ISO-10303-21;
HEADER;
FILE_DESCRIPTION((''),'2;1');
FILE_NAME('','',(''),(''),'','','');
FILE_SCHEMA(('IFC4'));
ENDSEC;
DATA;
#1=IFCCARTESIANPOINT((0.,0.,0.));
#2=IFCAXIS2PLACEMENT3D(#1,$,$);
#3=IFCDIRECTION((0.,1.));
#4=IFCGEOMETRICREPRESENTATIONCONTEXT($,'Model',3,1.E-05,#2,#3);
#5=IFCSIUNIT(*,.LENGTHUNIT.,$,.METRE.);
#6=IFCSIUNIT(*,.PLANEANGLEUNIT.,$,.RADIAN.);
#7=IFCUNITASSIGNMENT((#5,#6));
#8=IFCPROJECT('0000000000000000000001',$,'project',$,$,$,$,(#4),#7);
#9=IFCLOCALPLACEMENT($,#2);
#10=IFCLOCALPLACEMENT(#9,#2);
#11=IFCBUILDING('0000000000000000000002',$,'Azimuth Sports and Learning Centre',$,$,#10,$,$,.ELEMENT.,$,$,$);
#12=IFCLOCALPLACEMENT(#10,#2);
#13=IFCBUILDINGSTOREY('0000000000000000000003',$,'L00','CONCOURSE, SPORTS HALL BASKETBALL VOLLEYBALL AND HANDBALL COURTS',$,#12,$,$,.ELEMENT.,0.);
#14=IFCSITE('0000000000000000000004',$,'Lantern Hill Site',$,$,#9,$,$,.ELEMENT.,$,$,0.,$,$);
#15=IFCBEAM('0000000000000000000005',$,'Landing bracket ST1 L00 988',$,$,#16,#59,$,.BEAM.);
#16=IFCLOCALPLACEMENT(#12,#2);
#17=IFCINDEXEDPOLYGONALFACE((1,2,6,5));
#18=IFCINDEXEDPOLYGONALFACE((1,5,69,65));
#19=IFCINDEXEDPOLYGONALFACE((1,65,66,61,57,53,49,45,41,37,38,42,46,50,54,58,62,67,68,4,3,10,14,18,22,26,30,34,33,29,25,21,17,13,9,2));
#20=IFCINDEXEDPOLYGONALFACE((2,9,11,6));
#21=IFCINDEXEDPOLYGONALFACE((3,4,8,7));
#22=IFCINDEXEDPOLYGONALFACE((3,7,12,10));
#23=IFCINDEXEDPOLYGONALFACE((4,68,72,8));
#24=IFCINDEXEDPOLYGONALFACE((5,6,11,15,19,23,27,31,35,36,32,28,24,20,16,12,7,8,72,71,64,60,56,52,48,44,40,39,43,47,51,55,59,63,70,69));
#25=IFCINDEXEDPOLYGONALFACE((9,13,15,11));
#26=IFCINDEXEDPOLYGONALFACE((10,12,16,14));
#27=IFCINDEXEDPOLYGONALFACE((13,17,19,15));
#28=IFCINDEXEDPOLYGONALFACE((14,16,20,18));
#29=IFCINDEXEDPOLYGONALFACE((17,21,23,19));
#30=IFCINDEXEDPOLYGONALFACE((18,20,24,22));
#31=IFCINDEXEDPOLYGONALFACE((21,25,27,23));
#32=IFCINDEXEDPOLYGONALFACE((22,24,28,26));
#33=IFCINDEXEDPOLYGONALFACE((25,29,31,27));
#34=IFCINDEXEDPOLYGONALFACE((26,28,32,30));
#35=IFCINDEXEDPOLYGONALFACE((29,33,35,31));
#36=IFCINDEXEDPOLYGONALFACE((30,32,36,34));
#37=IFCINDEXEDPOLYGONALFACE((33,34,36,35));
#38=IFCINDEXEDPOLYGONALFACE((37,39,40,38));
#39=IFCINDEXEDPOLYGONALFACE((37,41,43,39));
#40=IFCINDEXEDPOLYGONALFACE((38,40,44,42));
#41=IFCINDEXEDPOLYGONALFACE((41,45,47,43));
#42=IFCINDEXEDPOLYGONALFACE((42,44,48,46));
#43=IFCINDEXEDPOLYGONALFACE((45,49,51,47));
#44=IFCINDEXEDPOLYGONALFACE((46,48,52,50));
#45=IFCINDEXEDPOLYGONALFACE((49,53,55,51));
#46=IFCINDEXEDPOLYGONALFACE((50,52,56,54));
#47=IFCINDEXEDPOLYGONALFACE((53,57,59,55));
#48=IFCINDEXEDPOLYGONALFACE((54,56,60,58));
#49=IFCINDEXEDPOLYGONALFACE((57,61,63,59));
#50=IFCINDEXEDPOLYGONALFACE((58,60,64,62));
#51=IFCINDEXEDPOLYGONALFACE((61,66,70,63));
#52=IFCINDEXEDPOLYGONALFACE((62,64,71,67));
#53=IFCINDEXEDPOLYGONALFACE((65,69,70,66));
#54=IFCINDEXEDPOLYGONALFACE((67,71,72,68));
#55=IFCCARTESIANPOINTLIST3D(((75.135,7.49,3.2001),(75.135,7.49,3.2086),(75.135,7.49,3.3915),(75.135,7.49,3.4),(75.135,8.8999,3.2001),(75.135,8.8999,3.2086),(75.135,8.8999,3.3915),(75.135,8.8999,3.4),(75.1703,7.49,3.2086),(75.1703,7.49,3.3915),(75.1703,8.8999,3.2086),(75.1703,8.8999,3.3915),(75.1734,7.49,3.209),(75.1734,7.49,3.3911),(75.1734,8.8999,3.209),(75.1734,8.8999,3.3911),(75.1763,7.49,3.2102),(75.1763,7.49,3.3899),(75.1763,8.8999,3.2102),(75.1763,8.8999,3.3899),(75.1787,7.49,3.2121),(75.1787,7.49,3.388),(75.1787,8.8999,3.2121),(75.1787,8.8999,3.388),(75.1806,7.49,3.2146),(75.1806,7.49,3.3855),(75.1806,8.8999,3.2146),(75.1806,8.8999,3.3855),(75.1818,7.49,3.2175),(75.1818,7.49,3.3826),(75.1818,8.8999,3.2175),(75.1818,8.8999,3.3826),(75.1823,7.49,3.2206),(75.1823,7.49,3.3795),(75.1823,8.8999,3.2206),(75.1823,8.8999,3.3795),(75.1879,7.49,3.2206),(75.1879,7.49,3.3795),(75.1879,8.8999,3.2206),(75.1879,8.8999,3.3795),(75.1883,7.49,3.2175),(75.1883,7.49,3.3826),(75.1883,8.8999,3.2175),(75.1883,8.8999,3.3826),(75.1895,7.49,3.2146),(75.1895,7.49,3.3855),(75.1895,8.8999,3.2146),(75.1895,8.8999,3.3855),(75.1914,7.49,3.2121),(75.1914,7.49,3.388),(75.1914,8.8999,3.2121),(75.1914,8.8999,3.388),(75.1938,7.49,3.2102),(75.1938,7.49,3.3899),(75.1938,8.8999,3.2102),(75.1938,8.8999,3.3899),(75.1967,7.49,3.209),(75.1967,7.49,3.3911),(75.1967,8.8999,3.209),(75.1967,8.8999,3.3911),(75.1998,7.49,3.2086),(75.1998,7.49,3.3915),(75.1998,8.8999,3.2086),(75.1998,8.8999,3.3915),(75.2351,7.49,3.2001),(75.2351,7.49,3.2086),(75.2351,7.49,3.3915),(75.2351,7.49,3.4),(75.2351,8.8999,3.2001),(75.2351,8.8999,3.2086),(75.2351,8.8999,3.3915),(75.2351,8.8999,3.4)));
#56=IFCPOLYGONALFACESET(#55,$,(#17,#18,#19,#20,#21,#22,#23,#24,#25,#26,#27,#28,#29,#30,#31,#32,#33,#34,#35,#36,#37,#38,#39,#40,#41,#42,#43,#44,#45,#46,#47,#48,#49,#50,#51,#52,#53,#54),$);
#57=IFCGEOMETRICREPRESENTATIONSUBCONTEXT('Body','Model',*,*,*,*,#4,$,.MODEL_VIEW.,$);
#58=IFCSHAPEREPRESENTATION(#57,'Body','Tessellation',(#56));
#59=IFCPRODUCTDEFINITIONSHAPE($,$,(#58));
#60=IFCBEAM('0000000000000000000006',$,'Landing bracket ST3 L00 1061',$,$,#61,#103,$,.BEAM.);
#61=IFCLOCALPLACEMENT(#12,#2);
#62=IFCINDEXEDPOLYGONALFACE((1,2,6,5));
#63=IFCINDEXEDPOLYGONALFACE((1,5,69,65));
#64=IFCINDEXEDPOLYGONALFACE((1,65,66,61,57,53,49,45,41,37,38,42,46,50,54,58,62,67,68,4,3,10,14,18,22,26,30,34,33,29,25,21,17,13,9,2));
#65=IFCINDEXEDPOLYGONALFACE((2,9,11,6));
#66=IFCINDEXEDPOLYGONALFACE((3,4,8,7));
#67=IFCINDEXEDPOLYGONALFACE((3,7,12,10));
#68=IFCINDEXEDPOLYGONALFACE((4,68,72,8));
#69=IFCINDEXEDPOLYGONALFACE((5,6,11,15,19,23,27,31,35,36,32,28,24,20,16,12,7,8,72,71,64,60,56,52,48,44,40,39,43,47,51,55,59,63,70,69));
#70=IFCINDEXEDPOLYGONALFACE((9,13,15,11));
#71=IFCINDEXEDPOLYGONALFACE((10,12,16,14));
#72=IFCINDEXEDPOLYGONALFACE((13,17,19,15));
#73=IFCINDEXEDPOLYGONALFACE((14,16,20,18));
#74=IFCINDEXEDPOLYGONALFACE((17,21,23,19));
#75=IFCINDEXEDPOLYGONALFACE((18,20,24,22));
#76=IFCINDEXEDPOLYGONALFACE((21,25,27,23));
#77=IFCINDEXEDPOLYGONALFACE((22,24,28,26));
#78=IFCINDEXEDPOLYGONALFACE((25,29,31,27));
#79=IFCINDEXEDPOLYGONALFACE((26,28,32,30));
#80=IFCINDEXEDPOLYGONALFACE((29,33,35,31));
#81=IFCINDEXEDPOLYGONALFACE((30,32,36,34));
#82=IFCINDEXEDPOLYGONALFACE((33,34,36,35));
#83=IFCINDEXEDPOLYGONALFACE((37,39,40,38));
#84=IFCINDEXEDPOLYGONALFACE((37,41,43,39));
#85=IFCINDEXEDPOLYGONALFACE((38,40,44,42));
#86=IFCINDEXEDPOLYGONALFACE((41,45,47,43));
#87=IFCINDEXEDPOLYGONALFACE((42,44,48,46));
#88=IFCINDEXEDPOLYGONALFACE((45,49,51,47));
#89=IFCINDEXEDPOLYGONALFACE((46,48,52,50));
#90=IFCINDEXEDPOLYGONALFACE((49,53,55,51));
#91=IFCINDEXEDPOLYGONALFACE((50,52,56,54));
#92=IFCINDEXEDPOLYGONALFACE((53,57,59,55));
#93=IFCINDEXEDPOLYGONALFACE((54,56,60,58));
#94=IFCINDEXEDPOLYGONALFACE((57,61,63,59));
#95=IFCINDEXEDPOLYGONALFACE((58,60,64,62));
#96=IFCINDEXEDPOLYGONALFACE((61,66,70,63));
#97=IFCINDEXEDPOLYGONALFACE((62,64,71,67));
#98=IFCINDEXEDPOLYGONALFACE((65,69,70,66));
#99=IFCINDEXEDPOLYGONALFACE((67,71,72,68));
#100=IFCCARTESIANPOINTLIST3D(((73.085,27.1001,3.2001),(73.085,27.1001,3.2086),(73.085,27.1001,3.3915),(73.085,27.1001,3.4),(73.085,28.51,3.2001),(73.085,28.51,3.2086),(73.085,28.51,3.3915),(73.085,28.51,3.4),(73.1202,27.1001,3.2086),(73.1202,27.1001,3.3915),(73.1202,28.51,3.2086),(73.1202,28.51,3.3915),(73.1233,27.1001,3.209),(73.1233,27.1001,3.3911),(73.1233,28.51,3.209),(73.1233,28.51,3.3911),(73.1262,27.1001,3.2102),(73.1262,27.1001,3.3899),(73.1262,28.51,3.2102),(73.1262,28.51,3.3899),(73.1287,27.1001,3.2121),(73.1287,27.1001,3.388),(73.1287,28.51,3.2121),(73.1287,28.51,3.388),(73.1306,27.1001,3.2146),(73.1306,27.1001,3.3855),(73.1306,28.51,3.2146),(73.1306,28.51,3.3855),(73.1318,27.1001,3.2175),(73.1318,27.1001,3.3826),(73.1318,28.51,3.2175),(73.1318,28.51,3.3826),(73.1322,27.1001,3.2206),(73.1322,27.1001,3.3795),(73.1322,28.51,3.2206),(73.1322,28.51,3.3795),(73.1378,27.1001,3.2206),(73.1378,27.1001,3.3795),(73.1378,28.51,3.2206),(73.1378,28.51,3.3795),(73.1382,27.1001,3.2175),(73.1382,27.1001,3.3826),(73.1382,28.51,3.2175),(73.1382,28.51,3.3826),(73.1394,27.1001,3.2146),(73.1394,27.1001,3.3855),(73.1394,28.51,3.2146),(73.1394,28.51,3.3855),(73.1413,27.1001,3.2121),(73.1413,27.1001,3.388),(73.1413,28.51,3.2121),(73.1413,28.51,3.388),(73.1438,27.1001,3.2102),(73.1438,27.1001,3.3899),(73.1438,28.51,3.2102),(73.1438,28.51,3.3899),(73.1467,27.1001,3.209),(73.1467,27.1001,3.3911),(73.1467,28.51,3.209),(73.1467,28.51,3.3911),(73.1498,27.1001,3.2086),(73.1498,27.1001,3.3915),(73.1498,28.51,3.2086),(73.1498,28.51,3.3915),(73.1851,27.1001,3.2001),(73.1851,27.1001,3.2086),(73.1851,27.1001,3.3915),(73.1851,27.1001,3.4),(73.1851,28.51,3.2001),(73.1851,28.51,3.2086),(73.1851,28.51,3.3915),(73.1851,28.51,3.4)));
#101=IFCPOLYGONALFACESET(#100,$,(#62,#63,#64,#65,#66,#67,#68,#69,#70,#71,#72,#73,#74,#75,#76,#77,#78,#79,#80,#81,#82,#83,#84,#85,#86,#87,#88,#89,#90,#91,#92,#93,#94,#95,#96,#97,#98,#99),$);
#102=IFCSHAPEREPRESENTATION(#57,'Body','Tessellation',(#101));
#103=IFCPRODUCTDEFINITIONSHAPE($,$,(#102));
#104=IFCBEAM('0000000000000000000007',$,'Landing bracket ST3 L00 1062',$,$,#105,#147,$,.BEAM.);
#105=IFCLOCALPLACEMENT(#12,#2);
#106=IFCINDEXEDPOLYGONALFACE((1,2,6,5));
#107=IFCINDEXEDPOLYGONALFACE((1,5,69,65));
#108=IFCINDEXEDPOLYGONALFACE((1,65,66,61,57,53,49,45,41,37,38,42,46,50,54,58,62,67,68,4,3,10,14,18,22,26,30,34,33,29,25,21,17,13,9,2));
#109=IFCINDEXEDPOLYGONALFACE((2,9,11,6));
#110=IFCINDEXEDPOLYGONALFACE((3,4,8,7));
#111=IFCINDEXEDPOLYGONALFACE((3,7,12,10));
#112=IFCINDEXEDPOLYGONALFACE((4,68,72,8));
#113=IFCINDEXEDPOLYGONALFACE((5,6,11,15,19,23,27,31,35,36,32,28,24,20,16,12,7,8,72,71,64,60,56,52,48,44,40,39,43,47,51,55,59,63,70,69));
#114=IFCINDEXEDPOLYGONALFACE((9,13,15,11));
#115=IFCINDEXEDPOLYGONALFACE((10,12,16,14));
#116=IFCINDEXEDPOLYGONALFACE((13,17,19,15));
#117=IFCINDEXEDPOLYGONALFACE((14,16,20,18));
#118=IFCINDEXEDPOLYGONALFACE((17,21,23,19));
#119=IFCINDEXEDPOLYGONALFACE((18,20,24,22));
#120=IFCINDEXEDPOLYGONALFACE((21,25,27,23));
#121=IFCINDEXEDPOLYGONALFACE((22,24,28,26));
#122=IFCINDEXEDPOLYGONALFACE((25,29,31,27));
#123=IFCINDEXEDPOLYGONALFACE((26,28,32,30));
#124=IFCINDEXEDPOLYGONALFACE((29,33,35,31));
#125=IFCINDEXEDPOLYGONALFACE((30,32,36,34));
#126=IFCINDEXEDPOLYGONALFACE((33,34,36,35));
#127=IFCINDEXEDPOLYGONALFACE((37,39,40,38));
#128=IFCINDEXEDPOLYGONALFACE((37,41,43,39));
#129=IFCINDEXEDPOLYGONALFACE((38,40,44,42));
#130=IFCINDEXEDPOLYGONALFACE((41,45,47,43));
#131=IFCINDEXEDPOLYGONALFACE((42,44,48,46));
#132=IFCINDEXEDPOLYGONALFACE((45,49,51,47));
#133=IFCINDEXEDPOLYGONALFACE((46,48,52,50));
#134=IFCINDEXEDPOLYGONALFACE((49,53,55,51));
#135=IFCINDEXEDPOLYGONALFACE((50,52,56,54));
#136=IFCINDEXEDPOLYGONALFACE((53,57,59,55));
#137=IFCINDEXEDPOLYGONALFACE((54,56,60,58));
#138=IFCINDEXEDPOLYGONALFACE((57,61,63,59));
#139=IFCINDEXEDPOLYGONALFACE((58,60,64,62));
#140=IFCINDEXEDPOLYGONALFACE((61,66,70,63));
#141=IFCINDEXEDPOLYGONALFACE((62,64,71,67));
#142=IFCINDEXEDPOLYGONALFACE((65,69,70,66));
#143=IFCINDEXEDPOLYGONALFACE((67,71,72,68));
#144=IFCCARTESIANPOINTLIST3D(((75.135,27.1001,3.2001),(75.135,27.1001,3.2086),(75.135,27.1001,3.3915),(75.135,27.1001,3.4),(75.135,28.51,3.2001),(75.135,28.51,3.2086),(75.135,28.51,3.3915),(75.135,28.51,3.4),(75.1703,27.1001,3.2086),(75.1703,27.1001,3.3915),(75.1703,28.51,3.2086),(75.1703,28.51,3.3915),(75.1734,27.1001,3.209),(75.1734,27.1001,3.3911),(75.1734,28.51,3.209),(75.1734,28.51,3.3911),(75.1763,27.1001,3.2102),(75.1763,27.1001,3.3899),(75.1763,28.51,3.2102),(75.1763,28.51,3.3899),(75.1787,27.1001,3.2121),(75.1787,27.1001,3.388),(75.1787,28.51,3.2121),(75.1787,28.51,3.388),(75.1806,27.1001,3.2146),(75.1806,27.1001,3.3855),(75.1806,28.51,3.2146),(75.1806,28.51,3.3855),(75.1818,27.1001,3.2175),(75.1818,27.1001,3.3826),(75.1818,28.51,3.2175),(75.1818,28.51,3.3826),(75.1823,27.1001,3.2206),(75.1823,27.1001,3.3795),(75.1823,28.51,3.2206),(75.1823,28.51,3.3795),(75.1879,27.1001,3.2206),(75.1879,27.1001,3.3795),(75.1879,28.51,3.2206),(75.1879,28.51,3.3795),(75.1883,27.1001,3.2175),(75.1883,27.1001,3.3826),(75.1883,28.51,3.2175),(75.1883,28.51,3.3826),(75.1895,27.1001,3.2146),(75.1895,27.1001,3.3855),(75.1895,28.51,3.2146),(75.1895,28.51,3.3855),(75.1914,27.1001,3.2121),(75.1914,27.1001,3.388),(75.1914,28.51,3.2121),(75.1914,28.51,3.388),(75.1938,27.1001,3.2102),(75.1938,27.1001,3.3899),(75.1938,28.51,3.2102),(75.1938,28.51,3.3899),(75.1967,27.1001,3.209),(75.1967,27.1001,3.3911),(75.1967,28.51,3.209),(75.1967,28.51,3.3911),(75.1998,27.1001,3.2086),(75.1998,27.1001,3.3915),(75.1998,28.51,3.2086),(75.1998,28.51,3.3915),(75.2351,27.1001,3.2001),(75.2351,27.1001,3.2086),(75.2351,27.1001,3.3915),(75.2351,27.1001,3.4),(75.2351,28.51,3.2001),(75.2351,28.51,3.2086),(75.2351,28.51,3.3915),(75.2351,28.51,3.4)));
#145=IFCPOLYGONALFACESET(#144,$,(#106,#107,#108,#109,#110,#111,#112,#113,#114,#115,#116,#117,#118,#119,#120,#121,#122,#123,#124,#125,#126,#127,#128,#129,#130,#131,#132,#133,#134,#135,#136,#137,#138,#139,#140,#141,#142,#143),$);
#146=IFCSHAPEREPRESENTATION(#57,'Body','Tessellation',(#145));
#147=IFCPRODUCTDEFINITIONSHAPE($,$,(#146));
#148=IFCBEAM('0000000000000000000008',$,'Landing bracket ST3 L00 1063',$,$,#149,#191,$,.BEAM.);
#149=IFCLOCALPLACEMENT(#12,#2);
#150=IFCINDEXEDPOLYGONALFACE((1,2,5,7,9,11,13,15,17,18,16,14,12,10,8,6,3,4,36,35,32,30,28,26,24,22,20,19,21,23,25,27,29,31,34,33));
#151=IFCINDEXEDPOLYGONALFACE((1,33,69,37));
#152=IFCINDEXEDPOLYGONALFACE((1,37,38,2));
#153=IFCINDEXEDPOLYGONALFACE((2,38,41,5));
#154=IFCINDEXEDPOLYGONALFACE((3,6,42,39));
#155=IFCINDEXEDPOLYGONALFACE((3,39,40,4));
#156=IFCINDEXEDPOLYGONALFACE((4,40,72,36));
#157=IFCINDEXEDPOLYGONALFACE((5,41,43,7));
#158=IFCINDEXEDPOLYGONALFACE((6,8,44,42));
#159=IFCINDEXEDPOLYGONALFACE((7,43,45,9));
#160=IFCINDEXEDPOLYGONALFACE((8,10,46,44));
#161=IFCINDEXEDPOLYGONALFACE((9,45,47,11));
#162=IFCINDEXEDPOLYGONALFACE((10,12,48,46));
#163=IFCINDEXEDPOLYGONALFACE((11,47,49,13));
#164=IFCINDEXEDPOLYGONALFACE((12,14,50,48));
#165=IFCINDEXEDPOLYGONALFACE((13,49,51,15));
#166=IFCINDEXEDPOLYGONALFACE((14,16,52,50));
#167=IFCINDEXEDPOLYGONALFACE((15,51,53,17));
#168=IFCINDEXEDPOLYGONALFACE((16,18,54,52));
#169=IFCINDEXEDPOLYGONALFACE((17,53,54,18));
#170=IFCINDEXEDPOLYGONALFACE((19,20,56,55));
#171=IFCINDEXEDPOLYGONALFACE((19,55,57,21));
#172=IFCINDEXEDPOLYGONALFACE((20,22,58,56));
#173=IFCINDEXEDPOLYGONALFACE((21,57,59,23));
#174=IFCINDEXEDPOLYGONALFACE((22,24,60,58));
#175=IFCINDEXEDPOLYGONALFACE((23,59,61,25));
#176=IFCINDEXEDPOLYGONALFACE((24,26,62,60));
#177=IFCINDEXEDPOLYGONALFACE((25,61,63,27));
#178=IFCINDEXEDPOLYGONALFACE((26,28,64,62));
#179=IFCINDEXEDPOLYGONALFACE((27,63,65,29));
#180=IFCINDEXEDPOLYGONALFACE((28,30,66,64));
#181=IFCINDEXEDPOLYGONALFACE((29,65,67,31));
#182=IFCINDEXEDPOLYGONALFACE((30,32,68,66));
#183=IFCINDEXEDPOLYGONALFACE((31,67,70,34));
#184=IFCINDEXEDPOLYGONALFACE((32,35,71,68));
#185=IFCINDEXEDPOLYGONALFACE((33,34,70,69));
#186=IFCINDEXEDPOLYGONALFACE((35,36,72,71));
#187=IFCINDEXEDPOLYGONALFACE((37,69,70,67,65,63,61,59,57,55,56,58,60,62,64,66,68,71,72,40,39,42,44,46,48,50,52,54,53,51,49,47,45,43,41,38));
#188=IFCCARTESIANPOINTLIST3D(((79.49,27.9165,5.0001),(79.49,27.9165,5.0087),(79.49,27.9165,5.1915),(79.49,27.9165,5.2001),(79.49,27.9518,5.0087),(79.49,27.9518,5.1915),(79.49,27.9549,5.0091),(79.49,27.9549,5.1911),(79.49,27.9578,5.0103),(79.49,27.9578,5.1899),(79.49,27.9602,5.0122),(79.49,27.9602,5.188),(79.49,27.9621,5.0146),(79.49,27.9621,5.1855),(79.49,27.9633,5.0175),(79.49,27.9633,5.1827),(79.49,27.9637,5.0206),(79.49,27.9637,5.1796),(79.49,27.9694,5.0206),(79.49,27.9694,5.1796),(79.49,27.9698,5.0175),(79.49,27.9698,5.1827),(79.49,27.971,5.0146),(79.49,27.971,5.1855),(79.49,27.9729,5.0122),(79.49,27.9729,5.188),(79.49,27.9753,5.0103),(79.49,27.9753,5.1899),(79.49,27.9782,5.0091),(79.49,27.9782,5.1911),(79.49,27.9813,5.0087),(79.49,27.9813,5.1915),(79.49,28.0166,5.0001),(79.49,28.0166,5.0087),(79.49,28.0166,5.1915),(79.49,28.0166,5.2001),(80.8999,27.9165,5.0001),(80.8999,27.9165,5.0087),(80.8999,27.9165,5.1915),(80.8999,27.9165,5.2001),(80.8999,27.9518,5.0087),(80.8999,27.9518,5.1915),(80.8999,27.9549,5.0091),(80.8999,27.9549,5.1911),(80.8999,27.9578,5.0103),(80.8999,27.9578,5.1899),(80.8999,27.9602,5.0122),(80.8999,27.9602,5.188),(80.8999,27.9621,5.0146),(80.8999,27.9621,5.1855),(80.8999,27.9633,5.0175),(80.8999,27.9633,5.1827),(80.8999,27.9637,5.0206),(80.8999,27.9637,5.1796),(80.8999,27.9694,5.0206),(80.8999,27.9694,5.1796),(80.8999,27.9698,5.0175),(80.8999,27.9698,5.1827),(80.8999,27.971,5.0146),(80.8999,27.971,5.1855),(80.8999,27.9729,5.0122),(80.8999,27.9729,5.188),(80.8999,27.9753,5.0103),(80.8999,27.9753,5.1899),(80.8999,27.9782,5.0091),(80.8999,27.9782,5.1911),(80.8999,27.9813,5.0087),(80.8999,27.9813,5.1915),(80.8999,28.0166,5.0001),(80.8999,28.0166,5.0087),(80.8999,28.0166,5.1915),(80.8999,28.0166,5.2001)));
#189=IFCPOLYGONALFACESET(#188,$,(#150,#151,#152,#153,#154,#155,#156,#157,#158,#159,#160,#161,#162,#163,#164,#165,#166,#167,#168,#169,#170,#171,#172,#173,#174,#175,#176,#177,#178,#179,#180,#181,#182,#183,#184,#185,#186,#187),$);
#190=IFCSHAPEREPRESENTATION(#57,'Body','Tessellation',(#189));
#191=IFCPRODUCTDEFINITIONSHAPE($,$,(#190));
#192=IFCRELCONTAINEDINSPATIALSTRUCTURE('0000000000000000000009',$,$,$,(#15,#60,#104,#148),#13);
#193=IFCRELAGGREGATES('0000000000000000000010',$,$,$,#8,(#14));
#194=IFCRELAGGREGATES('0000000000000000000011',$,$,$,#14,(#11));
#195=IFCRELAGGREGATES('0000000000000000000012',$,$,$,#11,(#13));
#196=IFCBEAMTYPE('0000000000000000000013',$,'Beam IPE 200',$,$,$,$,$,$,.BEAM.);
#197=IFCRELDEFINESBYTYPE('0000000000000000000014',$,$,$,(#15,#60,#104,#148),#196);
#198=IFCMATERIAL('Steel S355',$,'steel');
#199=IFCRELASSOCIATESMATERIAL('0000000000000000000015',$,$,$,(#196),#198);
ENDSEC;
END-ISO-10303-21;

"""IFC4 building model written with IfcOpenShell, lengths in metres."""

from ifc_helpers import new_model, si_unit, direction, frame, origin, origin_2d, place, context, subcontext, project, spatial, i_section, extrude, material, material_profile, profile_set, type_object, element, save


model = new_model("IFC4")

# Units and contexts
model_context = context("Model", 3, precision=1e-05, world=origin(), true_north=direction((0.0, 1.0)))
body_context = subcontext(model_context, "Body", "Model", "MODEL_VIEW")
ifc_project = project(units=[si_unit("LENGTHUNIT", "METRE"), si_unit("PLANEANGLEUNIT", "RADIAN")], contexts=[model_context])

# Site, building, storey
site_placement = place(None, origin())
site = spatial("IfcSite", under=ifc_project, at=site_placement, Name="Lantern Hill Site", CompositionType="ELEMENT", RefElevation=0.0)
building_placement = place(site_placement, origin())
building = spatial("IfcBuilding", under=site, at=building_placement, Name="Azimuth Sports and Learning Centre", CompositionType="ELEMENT")
storey_placement = place(building_placement, origin())
storey = spatial("IfcBuildingStorey", under=building, at=storey_placement, Name="L00", Description="CONCOURSE, SPORTS HALL BASKETBALL VOLLEYBALL AND HANDBALL COURTS", CompositionType="ELEMENT", Elevation=0.0)

# Beams
ifc_material_1 = material(Name="Steel S355", Category="steel")
ifc_material_profile_1 = material_profile(ifc_material_1, i_section(OverallWidth=0.1001, OverallDepth=0.2, WebThickness=0.0056, FlangeThickness=0.0085, FilletRadius=0.012, at=origin_2d()), Name="IPE 200")
ifc_profile_set_1 = profile_set([ifc_material_profile_1], Name="Steel S355")
beam_type = type_object("IfcBeamType", Name="Beam IPE 200", PredefinedType="BEAM", material=ifc_profile_set_1)
for number, where, z_axis, x_axis, name in (
    (1, (75.1851, 8.8999, 3.3), (0.0, -1.0, 0.0), (1.0, 0.0, 0.0), "Landing bracket ST1 L00 988"),
    (2, (73.135, 27.1001, 3.3), (0.0, 1.0, 0.0), (-1.0, 0.0, 0.0), "Landing bracket ST3 L00 1061"),
    (3, (75.1851, 27.1001, 3.3), (0.0, 1.0, 0.0), (-1.0, 0.0, 0.0), "Landing bracket ST3 L00 1062"),
    (4, (80.8999, 27.9666, 5.1001), (-1.0, 0.0, 0.0), (0.0, -1.0, 0.0), "Landing bracket ST3 L00 1063"),
):
    element("IfcBeam", number, at=place(storey_placement, frame(where, z_axis=z_axis, x_axis=x_axis)), inside=storey, type_object=beam_type, Name=name, PredefinedType="BEAM", context=body_context, shape_type="SweptSolid", body=[
        extrude(i_section(OverallWidth=0.1001, OverallDepth=0.2, WebThickness=0.0056, FlangeThickness=0.0085, FilletRadius=0.012, at=origin_2d()), origin(), (0.0, 0.0, 1.0), 1.4099),
    ])

save(model, "model.ifc")
